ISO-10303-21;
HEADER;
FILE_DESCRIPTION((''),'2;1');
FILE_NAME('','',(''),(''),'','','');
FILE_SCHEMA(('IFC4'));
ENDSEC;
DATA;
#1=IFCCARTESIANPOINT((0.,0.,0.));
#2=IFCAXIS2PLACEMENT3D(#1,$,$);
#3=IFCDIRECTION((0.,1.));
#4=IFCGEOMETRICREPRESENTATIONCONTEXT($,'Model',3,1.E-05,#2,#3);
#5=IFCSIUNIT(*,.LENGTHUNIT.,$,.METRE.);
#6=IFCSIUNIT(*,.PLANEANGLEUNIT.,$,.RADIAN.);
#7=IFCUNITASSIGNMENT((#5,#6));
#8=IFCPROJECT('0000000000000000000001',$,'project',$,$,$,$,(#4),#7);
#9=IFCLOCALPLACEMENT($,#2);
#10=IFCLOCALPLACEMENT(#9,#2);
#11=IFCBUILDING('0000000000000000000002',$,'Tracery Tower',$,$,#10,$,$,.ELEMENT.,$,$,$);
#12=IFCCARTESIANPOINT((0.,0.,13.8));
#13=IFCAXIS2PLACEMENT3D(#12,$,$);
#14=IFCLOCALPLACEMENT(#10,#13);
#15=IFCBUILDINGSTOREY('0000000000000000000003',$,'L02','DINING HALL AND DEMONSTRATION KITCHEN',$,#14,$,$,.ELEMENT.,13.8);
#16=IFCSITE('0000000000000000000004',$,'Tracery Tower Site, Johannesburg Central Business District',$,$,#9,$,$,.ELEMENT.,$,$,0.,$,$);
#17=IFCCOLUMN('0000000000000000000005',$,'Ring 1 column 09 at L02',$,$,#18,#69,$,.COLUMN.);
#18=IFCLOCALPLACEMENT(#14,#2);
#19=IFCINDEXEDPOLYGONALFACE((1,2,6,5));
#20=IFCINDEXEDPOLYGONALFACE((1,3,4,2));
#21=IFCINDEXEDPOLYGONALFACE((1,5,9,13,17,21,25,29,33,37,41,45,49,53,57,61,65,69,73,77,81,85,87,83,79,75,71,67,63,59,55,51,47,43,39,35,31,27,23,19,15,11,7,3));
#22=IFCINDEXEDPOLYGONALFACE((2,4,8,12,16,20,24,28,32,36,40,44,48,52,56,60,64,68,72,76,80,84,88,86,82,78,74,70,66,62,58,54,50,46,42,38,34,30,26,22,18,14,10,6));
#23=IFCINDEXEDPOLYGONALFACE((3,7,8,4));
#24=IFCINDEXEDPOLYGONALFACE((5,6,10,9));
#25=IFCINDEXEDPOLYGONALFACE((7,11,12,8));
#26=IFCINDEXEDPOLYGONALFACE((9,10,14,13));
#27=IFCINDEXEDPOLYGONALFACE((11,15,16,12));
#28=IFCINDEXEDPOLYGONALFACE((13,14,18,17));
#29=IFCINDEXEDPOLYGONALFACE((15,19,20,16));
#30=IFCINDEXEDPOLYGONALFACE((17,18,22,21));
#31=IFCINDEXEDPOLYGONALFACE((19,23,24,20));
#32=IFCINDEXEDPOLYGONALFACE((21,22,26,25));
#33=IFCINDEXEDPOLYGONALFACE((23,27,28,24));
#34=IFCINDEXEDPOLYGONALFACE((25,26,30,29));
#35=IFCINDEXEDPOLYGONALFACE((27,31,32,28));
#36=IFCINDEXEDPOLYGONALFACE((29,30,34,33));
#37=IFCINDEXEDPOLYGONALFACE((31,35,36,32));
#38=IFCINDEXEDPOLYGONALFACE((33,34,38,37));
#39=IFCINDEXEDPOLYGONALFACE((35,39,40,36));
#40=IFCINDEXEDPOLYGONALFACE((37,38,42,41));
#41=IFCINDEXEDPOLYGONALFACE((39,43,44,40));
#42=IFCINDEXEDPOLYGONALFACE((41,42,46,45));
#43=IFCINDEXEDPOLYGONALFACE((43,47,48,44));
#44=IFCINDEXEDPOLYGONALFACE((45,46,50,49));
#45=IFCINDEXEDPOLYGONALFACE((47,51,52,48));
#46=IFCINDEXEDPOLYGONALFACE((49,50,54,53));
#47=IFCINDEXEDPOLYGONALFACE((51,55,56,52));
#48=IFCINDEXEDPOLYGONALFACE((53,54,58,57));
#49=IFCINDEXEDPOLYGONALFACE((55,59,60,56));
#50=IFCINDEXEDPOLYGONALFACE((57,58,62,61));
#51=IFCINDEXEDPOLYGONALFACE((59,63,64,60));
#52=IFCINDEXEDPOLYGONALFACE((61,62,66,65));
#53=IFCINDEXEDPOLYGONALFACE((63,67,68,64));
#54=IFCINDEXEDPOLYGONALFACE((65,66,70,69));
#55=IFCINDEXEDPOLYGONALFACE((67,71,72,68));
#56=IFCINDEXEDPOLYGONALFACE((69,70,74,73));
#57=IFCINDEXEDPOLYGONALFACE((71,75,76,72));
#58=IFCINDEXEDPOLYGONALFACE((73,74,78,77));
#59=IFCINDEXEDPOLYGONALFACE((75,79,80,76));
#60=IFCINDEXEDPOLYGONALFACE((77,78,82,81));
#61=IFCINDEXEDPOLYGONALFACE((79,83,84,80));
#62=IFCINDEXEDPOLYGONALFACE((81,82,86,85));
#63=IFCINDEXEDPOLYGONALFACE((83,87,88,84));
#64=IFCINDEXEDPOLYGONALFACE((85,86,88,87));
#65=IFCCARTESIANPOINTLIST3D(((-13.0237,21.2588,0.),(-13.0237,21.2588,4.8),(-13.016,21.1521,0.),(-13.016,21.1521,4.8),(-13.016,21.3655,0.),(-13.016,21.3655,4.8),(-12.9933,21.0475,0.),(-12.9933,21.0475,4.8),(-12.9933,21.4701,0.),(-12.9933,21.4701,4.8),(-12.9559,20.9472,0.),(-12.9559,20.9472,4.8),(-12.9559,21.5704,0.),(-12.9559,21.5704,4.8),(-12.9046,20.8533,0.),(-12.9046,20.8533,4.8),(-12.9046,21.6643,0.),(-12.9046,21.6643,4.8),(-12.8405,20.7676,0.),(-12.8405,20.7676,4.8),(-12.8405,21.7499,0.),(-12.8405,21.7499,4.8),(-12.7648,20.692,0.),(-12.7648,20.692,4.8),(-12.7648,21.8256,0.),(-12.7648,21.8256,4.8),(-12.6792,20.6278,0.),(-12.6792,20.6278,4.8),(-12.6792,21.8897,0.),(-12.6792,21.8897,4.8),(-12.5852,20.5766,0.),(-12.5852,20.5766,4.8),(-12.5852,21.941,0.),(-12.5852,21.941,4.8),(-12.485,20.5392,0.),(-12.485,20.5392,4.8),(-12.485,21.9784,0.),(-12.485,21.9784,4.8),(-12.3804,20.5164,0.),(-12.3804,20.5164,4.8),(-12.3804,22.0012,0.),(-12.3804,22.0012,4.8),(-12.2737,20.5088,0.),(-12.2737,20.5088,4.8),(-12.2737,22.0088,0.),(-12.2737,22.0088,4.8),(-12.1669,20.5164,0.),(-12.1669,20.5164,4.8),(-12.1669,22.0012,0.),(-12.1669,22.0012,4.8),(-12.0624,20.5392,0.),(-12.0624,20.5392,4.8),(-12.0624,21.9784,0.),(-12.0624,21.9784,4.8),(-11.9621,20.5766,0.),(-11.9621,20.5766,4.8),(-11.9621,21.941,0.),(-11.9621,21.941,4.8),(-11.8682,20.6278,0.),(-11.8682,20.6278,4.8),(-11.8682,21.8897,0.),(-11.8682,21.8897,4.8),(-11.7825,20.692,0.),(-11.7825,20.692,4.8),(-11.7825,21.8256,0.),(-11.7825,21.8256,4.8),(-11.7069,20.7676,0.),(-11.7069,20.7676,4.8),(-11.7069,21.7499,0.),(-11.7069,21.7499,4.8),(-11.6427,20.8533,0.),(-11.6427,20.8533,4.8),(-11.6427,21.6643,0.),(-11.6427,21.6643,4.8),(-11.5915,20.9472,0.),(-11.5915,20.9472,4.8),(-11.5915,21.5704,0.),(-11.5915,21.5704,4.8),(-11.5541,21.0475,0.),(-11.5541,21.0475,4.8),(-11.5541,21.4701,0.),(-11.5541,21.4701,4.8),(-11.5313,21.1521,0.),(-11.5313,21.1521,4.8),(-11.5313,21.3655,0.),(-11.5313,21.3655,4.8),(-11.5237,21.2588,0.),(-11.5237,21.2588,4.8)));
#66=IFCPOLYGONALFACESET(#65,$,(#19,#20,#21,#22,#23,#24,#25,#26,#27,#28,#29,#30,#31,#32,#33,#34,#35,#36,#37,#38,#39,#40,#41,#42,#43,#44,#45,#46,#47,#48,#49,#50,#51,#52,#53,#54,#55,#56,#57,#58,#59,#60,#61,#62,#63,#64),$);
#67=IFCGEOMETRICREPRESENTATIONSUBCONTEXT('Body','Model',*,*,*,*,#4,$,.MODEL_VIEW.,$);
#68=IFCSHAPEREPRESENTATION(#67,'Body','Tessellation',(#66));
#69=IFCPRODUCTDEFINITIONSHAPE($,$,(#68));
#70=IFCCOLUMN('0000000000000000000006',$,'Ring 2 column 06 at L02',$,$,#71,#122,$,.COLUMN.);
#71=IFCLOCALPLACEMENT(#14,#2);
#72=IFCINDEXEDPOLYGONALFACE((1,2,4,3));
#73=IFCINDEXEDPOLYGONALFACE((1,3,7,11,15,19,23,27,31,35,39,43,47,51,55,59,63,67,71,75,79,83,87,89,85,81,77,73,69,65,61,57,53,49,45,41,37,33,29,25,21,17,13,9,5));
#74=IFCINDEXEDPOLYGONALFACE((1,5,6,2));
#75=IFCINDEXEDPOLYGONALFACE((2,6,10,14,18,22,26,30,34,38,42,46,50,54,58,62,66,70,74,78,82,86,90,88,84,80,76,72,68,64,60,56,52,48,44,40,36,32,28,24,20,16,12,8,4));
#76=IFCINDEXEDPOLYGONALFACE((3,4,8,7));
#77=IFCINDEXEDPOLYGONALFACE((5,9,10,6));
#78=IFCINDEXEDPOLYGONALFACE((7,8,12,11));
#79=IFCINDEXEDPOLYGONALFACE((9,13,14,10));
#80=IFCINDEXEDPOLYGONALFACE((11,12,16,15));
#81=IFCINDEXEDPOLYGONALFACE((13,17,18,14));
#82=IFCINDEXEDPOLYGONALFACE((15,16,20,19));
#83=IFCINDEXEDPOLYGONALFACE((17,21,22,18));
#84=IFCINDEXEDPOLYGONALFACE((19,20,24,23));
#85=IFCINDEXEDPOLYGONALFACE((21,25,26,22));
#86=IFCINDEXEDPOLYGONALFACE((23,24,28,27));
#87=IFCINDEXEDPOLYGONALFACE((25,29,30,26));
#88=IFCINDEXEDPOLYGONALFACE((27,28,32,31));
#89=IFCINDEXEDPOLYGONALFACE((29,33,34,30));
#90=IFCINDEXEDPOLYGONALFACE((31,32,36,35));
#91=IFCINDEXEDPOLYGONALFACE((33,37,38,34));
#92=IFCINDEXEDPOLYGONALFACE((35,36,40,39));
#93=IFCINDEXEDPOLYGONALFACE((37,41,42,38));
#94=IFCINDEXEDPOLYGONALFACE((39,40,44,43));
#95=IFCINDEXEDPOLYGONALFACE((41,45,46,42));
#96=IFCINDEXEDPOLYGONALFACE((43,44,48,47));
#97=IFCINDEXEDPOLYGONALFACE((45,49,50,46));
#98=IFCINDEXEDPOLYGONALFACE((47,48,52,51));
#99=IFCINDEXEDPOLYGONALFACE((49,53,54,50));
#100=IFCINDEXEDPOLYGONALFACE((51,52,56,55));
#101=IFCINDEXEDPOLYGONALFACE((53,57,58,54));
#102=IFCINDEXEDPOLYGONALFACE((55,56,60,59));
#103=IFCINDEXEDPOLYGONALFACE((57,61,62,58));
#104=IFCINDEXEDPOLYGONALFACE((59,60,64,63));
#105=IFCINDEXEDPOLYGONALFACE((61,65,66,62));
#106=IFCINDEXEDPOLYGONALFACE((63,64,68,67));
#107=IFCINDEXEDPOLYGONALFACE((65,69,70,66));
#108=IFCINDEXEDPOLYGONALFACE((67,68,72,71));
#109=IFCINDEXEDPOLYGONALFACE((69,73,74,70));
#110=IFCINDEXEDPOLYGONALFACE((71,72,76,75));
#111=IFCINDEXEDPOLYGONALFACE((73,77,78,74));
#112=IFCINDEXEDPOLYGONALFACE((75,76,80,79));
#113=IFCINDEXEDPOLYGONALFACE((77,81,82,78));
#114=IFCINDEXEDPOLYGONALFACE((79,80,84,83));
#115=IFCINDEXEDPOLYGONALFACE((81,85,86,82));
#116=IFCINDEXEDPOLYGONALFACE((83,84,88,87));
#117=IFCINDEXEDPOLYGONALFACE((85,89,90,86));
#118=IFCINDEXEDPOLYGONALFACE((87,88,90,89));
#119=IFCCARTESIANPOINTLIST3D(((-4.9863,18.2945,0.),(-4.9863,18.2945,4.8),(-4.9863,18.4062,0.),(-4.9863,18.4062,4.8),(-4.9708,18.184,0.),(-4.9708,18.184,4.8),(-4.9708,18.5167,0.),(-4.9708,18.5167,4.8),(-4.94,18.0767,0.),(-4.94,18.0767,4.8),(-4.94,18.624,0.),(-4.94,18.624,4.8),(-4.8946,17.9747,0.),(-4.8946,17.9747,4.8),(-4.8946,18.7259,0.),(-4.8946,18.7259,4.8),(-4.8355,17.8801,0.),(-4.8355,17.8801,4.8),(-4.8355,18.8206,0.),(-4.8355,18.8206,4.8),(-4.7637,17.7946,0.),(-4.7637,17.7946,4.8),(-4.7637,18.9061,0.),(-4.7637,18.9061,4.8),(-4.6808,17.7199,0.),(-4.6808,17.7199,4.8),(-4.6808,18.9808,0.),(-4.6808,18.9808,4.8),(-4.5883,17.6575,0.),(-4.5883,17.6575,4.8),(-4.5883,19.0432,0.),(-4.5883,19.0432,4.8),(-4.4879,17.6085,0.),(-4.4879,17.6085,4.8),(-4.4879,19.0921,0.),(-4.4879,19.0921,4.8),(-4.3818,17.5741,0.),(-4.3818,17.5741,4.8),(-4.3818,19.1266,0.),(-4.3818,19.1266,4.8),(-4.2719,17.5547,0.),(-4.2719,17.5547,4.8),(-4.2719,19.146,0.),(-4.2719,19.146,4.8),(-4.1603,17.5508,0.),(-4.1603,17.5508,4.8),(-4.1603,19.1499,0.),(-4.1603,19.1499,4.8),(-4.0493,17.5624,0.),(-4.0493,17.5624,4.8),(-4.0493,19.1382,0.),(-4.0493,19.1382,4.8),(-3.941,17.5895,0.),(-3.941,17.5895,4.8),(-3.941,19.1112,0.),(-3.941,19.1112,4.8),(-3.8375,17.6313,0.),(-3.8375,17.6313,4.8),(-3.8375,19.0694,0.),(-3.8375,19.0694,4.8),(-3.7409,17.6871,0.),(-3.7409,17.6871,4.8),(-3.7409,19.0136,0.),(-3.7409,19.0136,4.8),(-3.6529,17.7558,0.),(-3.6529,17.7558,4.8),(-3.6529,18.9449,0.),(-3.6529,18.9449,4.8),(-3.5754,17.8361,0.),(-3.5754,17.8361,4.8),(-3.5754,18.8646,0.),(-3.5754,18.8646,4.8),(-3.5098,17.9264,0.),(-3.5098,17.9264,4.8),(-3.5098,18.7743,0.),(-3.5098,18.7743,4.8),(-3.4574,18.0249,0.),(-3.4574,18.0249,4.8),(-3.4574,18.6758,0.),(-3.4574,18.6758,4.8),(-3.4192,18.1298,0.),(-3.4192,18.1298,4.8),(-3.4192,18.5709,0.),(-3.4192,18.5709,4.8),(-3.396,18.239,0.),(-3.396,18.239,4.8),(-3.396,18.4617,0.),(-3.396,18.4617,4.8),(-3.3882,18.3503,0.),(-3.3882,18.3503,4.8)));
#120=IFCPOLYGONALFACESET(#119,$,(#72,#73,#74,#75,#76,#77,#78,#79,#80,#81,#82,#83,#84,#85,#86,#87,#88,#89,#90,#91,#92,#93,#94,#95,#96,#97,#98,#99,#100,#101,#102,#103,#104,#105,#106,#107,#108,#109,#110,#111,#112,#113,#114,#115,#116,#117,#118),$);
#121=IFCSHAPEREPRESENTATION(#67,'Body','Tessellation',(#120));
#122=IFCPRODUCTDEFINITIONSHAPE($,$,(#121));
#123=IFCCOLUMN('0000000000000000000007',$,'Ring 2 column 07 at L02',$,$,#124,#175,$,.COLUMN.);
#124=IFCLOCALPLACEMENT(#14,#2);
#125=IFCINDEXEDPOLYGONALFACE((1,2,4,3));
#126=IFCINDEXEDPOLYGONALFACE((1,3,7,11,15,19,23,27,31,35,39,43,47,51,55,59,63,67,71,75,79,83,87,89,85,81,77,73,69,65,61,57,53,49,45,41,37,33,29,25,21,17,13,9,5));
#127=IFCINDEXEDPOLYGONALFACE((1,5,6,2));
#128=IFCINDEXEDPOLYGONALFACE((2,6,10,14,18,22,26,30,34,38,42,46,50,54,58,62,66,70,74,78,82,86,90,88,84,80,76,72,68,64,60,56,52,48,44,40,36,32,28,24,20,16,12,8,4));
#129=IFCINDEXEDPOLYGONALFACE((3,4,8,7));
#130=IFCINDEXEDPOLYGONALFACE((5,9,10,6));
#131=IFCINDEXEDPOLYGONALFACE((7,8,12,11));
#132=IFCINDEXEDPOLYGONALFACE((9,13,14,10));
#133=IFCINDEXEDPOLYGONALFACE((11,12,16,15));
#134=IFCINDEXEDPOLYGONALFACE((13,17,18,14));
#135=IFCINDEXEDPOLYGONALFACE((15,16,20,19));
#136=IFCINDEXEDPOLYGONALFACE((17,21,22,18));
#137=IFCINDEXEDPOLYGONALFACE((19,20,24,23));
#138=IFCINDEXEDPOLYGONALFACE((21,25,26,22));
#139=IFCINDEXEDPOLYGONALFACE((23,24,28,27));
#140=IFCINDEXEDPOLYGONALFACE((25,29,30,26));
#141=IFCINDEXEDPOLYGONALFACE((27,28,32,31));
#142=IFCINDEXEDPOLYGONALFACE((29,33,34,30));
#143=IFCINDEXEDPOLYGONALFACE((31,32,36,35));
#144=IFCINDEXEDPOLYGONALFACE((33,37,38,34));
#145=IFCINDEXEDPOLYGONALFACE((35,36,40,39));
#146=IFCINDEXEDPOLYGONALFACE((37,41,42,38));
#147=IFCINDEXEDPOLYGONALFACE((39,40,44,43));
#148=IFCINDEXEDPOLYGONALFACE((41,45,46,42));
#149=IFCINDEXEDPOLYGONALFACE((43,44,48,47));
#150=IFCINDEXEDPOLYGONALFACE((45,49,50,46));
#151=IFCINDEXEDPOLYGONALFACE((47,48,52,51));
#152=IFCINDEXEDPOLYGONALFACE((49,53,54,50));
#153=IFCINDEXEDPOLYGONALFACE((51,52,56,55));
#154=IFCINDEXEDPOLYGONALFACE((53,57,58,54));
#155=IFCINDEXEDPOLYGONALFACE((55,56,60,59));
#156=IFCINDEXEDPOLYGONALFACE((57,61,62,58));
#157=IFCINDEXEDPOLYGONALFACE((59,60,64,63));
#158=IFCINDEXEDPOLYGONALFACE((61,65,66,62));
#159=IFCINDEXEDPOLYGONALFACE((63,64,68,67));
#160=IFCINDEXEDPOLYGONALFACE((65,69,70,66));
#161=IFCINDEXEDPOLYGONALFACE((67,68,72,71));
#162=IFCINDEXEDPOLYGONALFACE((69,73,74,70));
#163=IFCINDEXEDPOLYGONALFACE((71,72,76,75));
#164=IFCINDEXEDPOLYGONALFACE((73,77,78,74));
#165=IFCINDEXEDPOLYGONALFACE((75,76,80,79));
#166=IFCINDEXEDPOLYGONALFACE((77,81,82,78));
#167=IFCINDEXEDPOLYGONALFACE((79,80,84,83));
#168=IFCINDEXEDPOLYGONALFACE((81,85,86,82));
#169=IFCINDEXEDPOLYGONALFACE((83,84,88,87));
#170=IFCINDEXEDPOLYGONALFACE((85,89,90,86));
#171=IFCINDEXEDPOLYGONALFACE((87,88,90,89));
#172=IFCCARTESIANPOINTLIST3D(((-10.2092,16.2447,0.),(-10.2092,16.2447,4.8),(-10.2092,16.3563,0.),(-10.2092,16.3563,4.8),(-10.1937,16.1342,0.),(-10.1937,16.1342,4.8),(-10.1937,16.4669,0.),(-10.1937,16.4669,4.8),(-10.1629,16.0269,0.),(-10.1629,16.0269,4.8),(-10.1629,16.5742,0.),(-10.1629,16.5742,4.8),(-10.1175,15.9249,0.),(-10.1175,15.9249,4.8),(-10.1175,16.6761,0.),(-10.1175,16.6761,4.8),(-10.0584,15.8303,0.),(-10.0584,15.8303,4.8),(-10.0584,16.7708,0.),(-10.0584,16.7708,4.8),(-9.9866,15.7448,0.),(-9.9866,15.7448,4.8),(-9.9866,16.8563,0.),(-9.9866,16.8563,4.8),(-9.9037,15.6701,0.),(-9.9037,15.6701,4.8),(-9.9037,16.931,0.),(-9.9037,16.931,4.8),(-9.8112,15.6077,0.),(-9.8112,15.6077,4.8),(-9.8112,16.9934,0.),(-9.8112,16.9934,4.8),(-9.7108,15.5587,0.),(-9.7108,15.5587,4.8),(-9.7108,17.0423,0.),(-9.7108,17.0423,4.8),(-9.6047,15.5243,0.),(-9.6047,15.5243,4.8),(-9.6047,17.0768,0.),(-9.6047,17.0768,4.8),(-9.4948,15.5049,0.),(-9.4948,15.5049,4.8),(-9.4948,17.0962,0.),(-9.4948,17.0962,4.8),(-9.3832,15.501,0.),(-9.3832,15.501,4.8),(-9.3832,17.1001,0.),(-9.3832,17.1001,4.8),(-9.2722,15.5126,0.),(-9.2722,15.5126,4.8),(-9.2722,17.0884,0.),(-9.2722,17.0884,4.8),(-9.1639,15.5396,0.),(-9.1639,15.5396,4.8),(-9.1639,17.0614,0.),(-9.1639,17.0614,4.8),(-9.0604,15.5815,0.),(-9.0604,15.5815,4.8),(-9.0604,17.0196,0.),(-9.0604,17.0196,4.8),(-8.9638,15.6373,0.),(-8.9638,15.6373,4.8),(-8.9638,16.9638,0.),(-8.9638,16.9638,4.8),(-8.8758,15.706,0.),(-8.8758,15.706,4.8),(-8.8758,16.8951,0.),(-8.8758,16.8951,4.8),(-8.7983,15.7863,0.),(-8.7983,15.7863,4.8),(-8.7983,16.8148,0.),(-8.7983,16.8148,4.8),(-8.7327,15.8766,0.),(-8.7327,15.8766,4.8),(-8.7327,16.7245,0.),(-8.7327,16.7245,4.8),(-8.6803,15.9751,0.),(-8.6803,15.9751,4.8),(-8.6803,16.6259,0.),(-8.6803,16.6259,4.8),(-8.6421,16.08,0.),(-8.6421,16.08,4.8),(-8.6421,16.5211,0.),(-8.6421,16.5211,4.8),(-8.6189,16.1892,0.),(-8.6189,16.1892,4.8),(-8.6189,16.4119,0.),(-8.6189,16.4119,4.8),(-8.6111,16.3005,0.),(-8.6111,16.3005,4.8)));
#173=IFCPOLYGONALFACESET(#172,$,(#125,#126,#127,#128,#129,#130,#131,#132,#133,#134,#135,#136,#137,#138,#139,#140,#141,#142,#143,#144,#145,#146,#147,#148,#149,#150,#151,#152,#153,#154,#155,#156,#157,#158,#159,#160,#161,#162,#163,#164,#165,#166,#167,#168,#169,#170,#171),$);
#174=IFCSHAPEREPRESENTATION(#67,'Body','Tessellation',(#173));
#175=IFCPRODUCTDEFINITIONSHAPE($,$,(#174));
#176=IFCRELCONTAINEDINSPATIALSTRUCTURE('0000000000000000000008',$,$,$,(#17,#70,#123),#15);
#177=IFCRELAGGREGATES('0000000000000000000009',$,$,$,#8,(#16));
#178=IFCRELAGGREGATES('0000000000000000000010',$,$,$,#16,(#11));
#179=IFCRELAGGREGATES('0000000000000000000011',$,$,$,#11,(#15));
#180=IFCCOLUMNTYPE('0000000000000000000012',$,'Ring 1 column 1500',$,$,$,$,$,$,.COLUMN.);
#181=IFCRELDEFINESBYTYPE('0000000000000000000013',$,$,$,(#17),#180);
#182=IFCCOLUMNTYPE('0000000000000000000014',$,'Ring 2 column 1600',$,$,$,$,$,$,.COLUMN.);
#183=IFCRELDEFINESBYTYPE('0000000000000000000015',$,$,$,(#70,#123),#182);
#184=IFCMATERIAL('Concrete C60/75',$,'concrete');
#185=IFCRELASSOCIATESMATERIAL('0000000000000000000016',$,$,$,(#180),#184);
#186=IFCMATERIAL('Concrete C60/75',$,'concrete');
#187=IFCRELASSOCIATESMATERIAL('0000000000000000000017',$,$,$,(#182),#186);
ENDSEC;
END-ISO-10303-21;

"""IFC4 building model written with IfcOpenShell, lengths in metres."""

from ifc_helpers import new_model, si_unit, direction, frame, origin, origin_2d, place, context, subcontext, project, spatial, circle, extrude, material, material_profile, profile_set, type_object, element, save


model = new_model("IFC4")

# Units and contexts
model_context = context("Model", 3, precision=1e-05, world=origin(), true_north=direction((0.0, 1.0)))
body_context = subcontext(model_context, "Body", "Model", "MODEL_VIEW")
ifc_project = project(units=[si_unit("LENGTHUNIT", "METRE"), si_unit("PLANEANGLEUNIT", "RADIAN")], contexts=[model_context])

# Site, building, storey
site_placement = place(None, origin())
site = spatial("IfcSite", under=ifc_project, at=site_placement, Name="Tracery Tower Site, Johannesburg Central Business District", CompositionType="ELEMENT", RefElevation=0.0)
building_placement = place(site_placement, origin())
building = spatial("IfcBuilding", under=site, at=building_placement, Name="Tracery Tower", CompositionType="ELEMENT")
storey_placement = place(building_placement, frame((0.0, 0.0, 13.8)))
storey = spatial("IfcBuildingStorey", under=building, at=storey_placement, Name="L02", Description="DINING HALL AND DEMONSTRATION KITCHEN", CompositionType="ELEMENT", Elevation=13.8)

# Columns
ifc_material_1 = material(Name="Concrete C60/75", Category="concrete")
ifc_material_profile_1 = material_profile(ifc_material_1, circle(Radius=0.75, at=origin_2d()), Name="RC D1500")
ifc_profile_set_1 = profile_set([ifc_material_profile_1], Name="Concrete C60/75")
column_type_1 = type_object("IfcColumnType", Name="Ring 1 column 1500", PredefinedType="COLUMN", material=ifc_profile_set_1)
for number, where, z_axis, x_axis, name in (
    (1, (-12.2737, 21.2588, 0.0), (0.0, 0.0, 1.0), (1.0, 0.0, 0.0), "Ring 1 column 09 at L02"),
):
    element("IfcColumn", number, at=place(storey_placement, frame(where, z_axis=z_axis, x_axis=x_axis)), inside=storey, type_object=column_type_1, Name=name, PredefinedType="COLUMN", context=body_context, shape_type="SweptSolid", body=[
        extrude(circle(Radius=0.75, at=origin_2d()), origin(), (0.0, 0.0, 1.0), 4.8),
    ])
ifc_material_2 = material(Name="Concrete C60/75", Category="concrete")
ifc_material_profile_2 = material_profile(ifc_material_2, circle(Radius=0.8, at=origin_2d()), Name="RC D1600")
ifc_profile_set_2 = profile_set([ifc_material_profile_2], Name="Concrete C60/75")
column_type_2 = type_object("IfcColumnType", Name="Ring 2 column 1600", PredefinedType="COLUMN", material=ifc_profile_set_2)
for number, where, z_axis, x_axis, name in (
    (2, (-4.1882, 18.3503, 0.0), (0.0, 0.0, 1.0), (1.0, 0.0, 0.0), "Ring 2 column 06 at L02"),
    (3, (-9.4111, 16.3005, 0.0), (0.0, 0.0, 1.0), (1.0, 0.0, 0.0), "Ring 2 column 07 at L02"),
):
    element("IfcColumn", number, at=place(storey_placement, frame(where, z_axis=z_axis, x_axis=x_axis)), inside=storey, type_object=column_type_2, Name=name, PredefinedType="COLUMN", context=body_context, shape_type="SweptSolid", body=[
        extrude(circle(Radius=0.8, at=origin_2d()), origin(), (0.0, 0.0, 1.0), 4.8),
    ])

save(model, "model.ifc")
